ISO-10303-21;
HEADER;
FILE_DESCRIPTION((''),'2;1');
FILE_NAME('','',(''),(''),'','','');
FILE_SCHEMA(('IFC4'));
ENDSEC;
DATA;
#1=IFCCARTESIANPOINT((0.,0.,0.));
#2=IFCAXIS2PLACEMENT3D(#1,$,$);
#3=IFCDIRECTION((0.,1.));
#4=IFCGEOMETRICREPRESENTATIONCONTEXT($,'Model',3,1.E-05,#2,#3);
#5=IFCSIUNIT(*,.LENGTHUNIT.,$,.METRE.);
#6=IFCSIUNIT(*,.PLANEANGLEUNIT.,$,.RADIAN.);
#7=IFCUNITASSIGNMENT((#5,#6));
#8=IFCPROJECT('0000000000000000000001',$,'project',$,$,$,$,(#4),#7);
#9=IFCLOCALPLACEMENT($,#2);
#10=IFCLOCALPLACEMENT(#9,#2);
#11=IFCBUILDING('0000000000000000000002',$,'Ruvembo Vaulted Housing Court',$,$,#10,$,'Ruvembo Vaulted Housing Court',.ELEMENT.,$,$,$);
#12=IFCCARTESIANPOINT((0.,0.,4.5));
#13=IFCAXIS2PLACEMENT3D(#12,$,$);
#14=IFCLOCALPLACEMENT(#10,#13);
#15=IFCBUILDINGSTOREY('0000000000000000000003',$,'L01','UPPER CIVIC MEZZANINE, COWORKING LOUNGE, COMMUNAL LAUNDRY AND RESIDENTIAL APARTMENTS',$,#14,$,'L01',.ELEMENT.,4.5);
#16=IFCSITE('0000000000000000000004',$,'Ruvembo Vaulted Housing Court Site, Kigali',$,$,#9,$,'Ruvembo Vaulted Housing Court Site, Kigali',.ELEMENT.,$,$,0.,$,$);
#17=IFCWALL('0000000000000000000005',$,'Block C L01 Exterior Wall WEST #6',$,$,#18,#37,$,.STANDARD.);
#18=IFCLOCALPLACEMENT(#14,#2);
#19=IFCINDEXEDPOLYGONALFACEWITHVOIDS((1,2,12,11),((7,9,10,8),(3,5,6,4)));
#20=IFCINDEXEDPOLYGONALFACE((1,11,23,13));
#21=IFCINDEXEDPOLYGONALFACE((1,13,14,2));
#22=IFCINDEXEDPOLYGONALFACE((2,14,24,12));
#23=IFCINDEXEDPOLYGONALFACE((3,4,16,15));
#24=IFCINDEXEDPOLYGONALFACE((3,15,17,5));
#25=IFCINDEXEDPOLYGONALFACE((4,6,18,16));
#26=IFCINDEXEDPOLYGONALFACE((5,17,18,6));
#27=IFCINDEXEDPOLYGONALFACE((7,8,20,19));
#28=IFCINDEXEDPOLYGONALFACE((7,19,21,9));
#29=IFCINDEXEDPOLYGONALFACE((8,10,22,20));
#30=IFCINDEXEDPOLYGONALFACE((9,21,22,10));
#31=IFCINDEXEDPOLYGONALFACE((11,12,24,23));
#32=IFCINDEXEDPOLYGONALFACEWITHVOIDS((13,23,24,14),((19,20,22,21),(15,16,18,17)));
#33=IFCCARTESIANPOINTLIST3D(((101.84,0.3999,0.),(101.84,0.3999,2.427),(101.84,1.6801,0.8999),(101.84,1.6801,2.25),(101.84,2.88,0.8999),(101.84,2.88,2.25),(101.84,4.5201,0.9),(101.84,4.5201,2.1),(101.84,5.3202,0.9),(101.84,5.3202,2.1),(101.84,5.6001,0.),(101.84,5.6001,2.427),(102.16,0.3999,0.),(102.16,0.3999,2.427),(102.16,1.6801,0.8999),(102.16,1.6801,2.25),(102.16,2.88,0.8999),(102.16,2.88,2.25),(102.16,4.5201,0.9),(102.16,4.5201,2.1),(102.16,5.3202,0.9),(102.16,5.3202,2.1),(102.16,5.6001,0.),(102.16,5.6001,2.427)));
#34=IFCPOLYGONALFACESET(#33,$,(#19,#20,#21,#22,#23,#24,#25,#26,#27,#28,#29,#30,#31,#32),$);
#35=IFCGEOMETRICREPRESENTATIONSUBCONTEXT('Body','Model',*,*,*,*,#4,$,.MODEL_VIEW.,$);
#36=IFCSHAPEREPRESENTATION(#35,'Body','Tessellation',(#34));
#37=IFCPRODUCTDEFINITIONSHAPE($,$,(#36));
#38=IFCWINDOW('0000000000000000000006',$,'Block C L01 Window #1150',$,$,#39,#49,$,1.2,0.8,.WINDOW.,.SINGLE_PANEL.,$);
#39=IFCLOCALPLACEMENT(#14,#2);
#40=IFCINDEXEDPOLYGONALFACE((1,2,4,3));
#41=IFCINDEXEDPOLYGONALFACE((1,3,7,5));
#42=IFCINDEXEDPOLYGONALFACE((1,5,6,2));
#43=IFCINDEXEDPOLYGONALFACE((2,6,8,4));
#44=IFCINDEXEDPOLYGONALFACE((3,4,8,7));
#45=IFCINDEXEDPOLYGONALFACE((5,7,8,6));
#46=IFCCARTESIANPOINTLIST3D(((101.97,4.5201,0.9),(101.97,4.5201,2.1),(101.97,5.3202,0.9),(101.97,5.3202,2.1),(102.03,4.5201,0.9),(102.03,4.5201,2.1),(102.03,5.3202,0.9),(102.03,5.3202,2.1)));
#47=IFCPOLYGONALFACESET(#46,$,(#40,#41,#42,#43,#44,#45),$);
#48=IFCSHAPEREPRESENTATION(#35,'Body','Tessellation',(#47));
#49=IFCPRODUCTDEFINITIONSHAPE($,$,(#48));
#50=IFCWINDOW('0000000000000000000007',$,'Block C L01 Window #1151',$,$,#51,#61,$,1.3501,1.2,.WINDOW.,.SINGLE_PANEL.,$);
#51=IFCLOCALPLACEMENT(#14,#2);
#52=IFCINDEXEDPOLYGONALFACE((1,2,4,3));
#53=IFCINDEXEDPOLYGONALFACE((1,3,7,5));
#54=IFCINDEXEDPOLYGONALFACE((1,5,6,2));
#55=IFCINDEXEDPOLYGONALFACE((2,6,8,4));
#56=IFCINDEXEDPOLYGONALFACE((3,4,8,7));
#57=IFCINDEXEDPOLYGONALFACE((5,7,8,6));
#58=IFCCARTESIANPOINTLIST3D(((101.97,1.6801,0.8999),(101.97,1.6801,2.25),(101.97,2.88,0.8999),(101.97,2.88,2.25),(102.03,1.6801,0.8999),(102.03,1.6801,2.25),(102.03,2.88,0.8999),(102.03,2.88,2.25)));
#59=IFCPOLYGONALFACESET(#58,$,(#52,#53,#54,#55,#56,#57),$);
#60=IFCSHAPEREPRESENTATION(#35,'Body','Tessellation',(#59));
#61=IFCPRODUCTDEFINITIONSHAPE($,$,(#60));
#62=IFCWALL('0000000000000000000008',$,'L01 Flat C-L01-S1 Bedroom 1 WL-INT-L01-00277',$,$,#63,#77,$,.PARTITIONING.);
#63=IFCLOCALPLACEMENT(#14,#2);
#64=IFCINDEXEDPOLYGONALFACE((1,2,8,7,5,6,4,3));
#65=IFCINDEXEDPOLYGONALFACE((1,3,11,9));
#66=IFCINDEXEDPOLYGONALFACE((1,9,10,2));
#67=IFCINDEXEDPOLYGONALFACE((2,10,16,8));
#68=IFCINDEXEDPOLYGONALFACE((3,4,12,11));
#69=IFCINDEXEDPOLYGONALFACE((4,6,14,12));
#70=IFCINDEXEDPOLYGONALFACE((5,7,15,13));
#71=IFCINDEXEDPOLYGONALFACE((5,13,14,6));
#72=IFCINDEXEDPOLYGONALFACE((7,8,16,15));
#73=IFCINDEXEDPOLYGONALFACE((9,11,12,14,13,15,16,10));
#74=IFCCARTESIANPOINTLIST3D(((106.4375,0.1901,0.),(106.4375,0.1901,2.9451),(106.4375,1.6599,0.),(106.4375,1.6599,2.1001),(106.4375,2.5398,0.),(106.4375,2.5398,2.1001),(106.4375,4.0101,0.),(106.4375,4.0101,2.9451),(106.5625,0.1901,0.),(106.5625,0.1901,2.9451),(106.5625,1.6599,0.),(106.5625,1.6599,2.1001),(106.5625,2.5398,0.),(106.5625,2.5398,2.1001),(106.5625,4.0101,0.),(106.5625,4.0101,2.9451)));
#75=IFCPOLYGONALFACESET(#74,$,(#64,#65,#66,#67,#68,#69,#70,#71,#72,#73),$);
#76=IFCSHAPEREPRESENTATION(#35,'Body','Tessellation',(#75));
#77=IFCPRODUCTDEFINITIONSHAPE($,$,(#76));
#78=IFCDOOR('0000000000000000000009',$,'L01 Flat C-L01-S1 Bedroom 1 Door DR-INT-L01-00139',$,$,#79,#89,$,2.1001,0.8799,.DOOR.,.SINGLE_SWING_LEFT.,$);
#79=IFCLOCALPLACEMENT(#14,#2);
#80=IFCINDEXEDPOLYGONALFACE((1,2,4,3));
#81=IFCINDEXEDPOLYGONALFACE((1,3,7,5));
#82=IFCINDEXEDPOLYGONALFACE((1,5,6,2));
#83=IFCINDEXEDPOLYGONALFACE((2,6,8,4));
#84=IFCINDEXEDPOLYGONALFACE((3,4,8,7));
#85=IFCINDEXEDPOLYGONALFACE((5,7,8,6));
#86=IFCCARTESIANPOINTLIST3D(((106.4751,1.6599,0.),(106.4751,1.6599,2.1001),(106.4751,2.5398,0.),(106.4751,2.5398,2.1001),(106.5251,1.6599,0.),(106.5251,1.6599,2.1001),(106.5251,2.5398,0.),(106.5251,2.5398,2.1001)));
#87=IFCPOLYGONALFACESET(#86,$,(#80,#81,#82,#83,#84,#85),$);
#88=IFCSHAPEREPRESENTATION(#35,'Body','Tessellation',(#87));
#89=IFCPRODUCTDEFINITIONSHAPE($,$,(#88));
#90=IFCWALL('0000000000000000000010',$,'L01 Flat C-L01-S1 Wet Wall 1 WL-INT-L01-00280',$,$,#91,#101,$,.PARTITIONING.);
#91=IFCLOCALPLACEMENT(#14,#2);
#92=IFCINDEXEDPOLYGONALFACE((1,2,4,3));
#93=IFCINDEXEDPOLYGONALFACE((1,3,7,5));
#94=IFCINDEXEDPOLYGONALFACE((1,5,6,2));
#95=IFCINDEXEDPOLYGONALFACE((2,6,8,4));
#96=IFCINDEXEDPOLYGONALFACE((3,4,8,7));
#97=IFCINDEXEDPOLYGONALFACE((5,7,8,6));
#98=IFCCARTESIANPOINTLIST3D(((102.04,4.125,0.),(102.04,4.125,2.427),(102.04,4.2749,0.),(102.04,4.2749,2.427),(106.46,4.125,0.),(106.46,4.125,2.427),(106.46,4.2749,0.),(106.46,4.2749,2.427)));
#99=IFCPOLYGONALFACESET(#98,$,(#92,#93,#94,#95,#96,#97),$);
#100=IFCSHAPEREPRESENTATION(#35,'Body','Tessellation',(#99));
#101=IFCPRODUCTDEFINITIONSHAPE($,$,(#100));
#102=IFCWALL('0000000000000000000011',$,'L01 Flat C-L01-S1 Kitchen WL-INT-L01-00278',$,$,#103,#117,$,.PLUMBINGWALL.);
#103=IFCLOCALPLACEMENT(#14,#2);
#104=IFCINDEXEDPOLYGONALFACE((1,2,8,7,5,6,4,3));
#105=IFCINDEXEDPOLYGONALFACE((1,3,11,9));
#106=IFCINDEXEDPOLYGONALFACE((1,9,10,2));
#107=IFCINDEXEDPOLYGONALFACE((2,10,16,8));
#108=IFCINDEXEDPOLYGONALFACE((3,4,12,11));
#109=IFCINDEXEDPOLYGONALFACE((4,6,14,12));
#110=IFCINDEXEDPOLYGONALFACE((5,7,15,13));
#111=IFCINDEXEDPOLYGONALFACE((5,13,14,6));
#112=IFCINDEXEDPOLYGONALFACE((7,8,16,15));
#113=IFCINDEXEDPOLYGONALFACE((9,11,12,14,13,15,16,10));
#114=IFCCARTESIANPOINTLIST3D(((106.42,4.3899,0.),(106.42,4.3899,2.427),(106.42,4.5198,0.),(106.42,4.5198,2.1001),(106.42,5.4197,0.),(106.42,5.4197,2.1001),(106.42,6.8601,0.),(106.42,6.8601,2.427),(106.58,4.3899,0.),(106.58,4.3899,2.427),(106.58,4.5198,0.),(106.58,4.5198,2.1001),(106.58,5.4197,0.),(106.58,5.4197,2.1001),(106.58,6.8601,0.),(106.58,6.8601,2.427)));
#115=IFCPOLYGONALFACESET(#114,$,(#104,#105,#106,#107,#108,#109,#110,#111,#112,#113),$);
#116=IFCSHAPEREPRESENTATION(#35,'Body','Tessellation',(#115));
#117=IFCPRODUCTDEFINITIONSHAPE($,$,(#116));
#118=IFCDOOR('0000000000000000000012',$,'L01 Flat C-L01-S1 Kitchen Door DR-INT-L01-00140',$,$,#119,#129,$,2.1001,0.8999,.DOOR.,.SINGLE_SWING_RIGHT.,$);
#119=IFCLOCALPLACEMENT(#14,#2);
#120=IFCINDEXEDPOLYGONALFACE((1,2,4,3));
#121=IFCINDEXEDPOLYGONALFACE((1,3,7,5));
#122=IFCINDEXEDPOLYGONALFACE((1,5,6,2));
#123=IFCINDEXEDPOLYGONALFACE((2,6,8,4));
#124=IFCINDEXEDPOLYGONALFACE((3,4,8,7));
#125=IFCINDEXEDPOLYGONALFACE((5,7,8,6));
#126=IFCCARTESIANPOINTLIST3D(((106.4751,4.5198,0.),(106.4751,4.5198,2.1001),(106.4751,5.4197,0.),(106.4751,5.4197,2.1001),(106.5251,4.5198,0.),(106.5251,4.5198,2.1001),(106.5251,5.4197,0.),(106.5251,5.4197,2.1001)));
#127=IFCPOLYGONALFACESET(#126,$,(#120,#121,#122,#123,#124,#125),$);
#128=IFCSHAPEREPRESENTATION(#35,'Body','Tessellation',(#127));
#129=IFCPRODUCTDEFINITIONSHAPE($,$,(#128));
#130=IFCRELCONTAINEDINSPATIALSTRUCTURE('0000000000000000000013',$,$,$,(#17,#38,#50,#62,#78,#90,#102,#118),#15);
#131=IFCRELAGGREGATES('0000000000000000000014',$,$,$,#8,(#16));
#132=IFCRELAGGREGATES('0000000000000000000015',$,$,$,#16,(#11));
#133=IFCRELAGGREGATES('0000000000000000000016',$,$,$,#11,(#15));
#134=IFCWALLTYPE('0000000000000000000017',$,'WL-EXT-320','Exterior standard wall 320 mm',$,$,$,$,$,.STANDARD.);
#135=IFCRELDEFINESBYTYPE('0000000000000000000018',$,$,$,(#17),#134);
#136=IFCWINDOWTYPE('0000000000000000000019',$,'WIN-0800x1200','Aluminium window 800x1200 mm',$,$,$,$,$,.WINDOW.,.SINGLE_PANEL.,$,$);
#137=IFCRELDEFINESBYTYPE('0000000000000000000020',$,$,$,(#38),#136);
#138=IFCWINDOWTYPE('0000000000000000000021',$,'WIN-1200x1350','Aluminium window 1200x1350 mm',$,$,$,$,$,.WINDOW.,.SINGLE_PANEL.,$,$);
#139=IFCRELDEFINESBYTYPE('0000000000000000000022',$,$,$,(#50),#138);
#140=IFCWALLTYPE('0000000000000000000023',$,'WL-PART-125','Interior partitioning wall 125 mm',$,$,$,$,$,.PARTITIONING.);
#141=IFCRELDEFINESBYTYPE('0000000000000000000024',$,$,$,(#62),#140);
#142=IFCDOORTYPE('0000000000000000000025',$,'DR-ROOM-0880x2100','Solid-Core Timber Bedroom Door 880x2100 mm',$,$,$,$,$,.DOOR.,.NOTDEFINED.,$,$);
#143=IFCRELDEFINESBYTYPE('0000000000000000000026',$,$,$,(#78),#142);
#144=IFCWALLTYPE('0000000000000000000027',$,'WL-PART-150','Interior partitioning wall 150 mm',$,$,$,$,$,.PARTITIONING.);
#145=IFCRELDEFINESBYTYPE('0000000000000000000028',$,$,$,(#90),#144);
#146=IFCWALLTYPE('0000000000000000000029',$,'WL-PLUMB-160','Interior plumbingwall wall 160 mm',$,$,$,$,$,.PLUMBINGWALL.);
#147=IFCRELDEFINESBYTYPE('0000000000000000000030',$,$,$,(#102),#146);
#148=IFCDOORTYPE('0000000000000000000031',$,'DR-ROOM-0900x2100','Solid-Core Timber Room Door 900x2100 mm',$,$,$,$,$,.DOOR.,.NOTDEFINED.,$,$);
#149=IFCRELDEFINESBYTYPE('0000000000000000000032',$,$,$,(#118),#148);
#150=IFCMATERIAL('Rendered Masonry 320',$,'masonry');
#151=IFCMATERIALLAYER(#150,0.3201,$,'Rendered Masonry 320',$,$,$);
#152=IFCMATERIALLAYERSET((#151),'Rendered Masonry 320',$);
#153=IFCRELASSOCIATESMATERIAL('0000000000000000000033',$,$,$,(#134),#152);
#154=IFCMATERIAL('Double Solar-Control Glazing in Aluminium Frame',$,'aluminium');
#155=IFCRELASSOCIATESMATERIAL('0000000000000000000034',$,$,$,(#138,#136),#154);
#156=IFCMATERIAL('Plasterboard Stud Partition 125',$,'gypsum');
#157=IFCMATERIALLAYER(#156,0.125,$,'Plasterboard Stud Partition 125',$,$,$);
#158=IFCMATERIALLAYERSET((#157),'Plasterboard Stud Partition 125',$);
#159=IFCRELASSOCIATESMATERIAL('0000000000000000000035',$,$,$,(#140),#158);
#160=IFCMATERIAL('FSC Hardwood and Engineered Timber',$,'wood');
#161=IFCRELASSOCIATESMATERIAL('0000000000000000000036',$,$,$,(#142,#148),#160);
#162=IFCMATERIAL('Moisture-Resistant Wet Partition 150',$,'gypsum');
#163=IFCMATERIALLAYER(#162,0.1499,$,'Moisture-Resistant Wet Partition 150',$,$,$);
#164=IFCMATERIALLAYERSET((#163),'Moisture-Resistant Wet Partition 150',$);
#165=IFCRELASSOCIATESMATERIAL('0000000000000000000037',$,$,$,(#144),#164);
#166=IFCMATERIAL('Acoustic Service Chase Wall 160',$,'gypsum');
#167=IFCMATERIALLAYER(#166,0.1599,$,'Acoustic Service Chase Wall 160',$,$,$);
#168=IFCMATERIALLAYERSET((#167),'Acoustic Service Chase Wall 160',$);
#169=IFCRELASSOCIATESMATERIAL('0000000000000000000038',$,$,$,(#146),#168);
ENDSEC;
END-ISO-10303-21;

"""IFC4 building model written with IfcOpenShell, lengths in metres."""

from ifc_helpers import new_model, si_unit, direction, frame, frame_2d, origin, place, context, subcontext, project, spatial, rectangle, extrude, material, layer, layer_set, type_object, element, fill, save


model = new_model("IFC4")

# Units and contexts
model_context = context("Model", 3, precision=1e-05, world=origin(), true_north=direction((0.0, 1.0)))
body_context = subcontext(model_context, "Body", "Model", "MODEL_VIEW")
ifc_project = project(units=[si_unit("LENGTHUNIT", "METRE"), si_unit("PLANEANGLEUNIT", "RADIAN")], contexts=[model_context])

# Site, building, storey
site_placement = place(None, origin())
site = spatial("IfcSite", under=ifc_project, at=site_placement, Name="Ruvembo Vaulted Housing Court Site, Kigali", LongName="Ruvembo Vaulted Housing Court Site, Kigali", CompositionType="ELEMENT", RefElevation=0.0)
building_placement = place(site_placement, origin())
building = spatial("IfcBuilding", under=site, at=building_placement, Name="Ruvembo Vaulted Housing Court", LongName="Ruvembo Vaulted Housing Court", CompositionType="ELEMENT")
storey_placement = place(building_placement, frame((0.0, 0.0, 4.5)))
storey = spatial("IfcBuildingStorey", under=building, at=storey_placement, Name="L01", Description="UPPER CIVIC MEZZANINE, COWORKING LOUNGE, COMMUNAL LAUNDRY AND RESIDENTIAL APARTMENTS", LongName="L01", CompositionType="ELEMENT", Elevation=4.5)

# Wall, openings, windows
ifc_material_1 = material(Name="Rendered Masonry 320", Category="masonry")
ifc_layer_1 = layer(ifc_material_1, 0.3201, Name="Rendered Masonry 320")
ifc_layer_set_1 = layer_set([ifc_layer_1], Name="Rendered Masonry 320")
wall_type_1 = type_object("IfcWallType", Name="WL-EXT-320", Description="Exterior standard wall 320 mm", PredefinedType="STANDARD", material=ifc_layer_set_1)
ifc_material_2 = material(Name="Double Solar-Control Glazing in Aluminium Frame", Category="aluminium")
window_type_1 = type_object("IfcWindowType", Name="WIN-1200x1350", Description="Aluminium window 1200x1350 mm", PartitioningType="SINGLE_PANEL", PredefinedType="WINDOW", material=ifc_material_2)
wall_1_placement = place(storey_placement, frame((102.0, 5.6001, 0.0), z_axis=(0.0, 0.0, 1.0), x_axis=(0.0, -1.0, 0.0)))
wall_1 = element("IfcWall", 1, at=wall_1_placement, inside=storey, type_object=wall_type_1, Name="Block C L01 Exterior Wall WEST #6", PredefinedType="STANDARD", context=body_context, shape_type="SweptSolid", body=[
    extrude(rectangle(XDim=5.2002, YDim=0.3201, at=frame_2d((2.6001, 0.0))), origin(), (0.0, 0.0, 1.0), 2.427),
])
opening_1_placement = place(wall_1_placement, frame((0.28, 0.0, 0.8999)))
opening_1 = element("IfcOpeningElement", 2, at=opening_1_placement, cuts=wall_1, PredefinedType="OPENING", context=body_context, shape_type="SweptSolid", body=[
    extrude(rectangle(XDim=0.8, YDim=1.2, at=frame_2d((0.3999, 0.6001))), frame((0.0, 0.1699, 0.0), z_axis=(0.0, -1.0, 0.0), x_axis=(1.0, 0.0, 0.0)), (0.0, 0.0, 1.0), 0.3401),
])
opening_2_placement = place(wall_1_placement, frame((2.72, 0.0, 0.8999)))
opening_2 = element("IfcOpeningElement", 3, at=opening_2_placement, cuts=wall_1, PredefinedType="OPENING", context=body_context, shape_type="SweptSolid", body=[
    extrude(rectangle(XDim=1.2, YDim=1.3501, at=frame_2d((0.6001, 0.675))), frame((0.0, 0.1699, 0.0), z_axis=(0.0, -1.0, 0.0), x_axis=(1.0, 0.0, 0.0)), (0.0, 0.0, 1.0), 0.3401),
])
window_type_2 = type_object("IfcWindowType", Name="WIN-0800x1200", Description="Aluminium window 800x1200 mm", PartitioningType="SINGLE_PANEL", PredefinedType="WINDOW", material=ifc_material_2)
window_1_placement = place(opening_1_placement, origin())
window_1 = element("IfcWindow", 4, at=window_1_placement, inside=storey, type_object=window_type_2, Name="Block C L01 Window #1150", OverallHeight=1.2, OverallWidth=0.8, PartitioningType="SINGLE_PANEL", PredefinedType="WINDOW", context=body_context, shape_type="SweptSolid", body=[
    extrude(rectangle(XDim=0.8, YDim=1.2, at=frame_2d((0.3999, 0.6001))), frame((0.0, 0.03, 0.0), z_axis=(0.0, -1.0, 0.0), x_axis=(1.0, 0.0, 0.0)), (0.0, 0.0, 1.0), 0.0601),
])
fill(opening_1, window_1)
window_2_placement = place(opening_2_placement, origin())
window_2 = element("IfcWindow", 5, at=window_2_placement, inside=storey, type_object=window_type_1, Name="Block C L01 Window #1151", OverallHeight=1.3501, OverallWidth=1.2, PartitioningType="SINGLE_PANEL", PredefinedType="WINDOW", context=body_context, shape_type="SweptSolid", body=[
    extrude(rectangle(XDim=1.2, YDim=1.3501, at=frame_2d((0.6001, 0.675))), frame((0.0, 0.03, 0.0), z_axis=(0.0, -1.0, 0.0), x_axis=(1.0, 0.0, 0.0)), (0.0, 0.0, 1.0), 0.0601),
])
fill(opening_2, window_2)

# Wall, opening, door
ifc_material_3 = material(Name="Plasterboard Stud Partition 125", Category="gypsum")
ifc_layer_2 = layer(ifc_material_3, 0.125, Name="Plasterboard Stud Partition 125")
ifc_layer_set_2 = layer_set([ifc_layer_2], Name="Plasterboard Stud Partition 125")
wall_type_2 = type_object("IfcWallType", Name="WL-PART-125", Description="Interior partitioning wall 125 mm", PredefinedType="PARTITIONING", material=ifc_layer_set_2)
wall_2_placement = place(storey_placement, frame((106.5, 0.1899, 0.0), z_axis=(0.0, 0.0, 1.0), x_axis=(0.0, 1.0, 0.0)))
wall_2 = element("IfcWall", 6, at=wall_2_placement, inside=storey, type_object=wall_type_2, Name="L01 Flat C-L01-S1 Bedroom 1 WL-INT-L01-00277", PredefinedType="PARTITIONING", context=body_context, shape_type="SweptSolid", body=[
    extrude(rectangle(XDim=3.8201, YDim=0.125, at=frame_2d((1.9102, 0.0))), origin(), (0.0, 0.0, 1.0), 2.9451),
])
opening_3_placement = place(wall_2_placement, frame((1.47, 0.0, 0.0)))
opening_3 = element("IfcOpeningElement", 7, at=opening_3_placement, cuts=wall_2, PredefinedType="OPENING", context=body_context, shape_type="SweptSolid", body=[
    extrude(rectangle(XDim=0.8799, YDim=2.1001, at=frame_2d((0.4399, 1.05))), frame((0.0, 0.0725, 0.0), z_axis=(0.0, -1.0, 0.0), x_axis=(1.0, 0.0, 0.0)), (0.0, 0.0, 1.0), 0.145),
])
ifc_material_4 = material(Name="FSC Hardwood and Engineered Timber", Category="wood")
door_type_1 = type_object("IfcDoorType", Name="DR-ROOM-0880x2100", Description="Solid-Core Timber Bedroom Door 880x2100 mm", OperationType="NOTDEFINED", PredefinedType="DOOR", material=ifc_material_4)
door_1_placement = place(opening_3_placement, origin())
door_1 = element("IfcDoor", 8, at=door_1_placement, inside=storey, type_object=door_type_1, Name="L01 Flat C-L01-S1 Bedroom 1 Door DR-INT-L01-00139", OperationType="SINGLE_SWING_LEFT", OverallHeight=2.1001, OverallWidth=0.8799, PredefinedType="DOOR", context=body_context, shape_type="SweptSolid", body=[
    extrude(rectangle(XDim=0.8799, YDim=2.1001, at=frame_2d((0.4399, 1.05))), frame((0.0, 0.0249, 0.0), z_axis=(0.0, -1.0, 0.0), x_axis=(1.0, 0.0, 0.0)), (0.0, 0.0, 1.0), 0.05),
])
fill(opening_3, door_1)

# Wall
ifc_material_5 = material(Name="Moisture-Resistant Wet Partition 150", Category="gypsum")
ifc_layer_3 = layer(ifc_material_5, 0.1499, Name="Moisture-Resistant Wet Partition 150")
ifc_layer_set_3 = layer_set([ifc_layer_3], Name="Moisture-Resistant Wet Partition 150")
wall_type_3 = type_object("IfcWallType", Name="WL-PART-150", Description="Interior partitioning wall 150 mm", PredefinedType="PARTITIONING", material=ifc_layer_set_3)
wall_3_placement = place(storey_placement, frame((102.04, 4.2, 0.0), z_axis=(0.0, 0.0, 1.0), x_axis=(1.0, 0.0, 0.0)))
element("IfcWall", 9, at=wall_3_placement, inside=storey, type_object=wall_type_3, Name="L01 Flat C-L01-S1 Wet Wall 1 WL-INT-L01-00280", PredefinedType="PARTITIONING", context=body_context, shape_type="SweptSolid", body=[
    extrude(rectangle(XDim=4.4199, YDim=0.1499, at=frame_2d((2.21, 0.0))), origin(), (0.0, 0.0, 1.0), 2.427),
])

# Wall, opening, door
ifc_material_6 = material(Name="Acoustic Service Chase Wall 160", Category="gypsum")
ifc_layer_4 = layer(ifc_material_6, 0.1599, Name="Acoustic Service Chase Wall 160")
ifc_layer_set_4 = layer_set([ifc_layer_4], Name="Acoustic Service Chase Wall 160")
wall_type_4 = type_object("IfcWallType", Name="WL-PLUMB-160", Description="Interior plumbingwall wall 160 mm", PredefinedType="PLUMBINGWALL", material=ifc_layer_set_4)
wall_4_placement = place(storey_placement, frame((106.5, 4.3899, 0.0), z_axis=(0.0, 0.0, 1.0), x_axis=(0.0, 1.0, 0.0)))
wall_4 = element("IfcWall", 10, at=wall_4_placement, inside=storey, type_object=wall_type_4, Name="L01 Flat C-L01-S1 Kitchen WL-INT-L01-00278", PredefinedType="PLUMBINGWALL", context=body_context, shape_type="SweptSolid", body=[
    extrude(rectangle(XDim=2.4702, YDim=0.1599, at=frame_2d((1.2351, 0.0))), origin(), (0.0, 0.0, 1.0), 2.427),
])
opening_4_placement = place(wall_4_placement, frame((0.1299, 0.0, 0.0)))
opening_4 = element("IfcOpeningElement", 11, at=opening_4_placement, cuts=wall_4, PredefinedType="OPENING", context=body_context, shape_type="SweptSolid", body=[
    extrude(rectangle(XDim=0.8999, YDim=2.1001, at=frame_2d((0.45, 1.05))), frame((0.0, 0.0898, 0.0), z_axis=(0.0, -1.0, 0.0), x_axis=(1.0, 0.0, 0.0)), (0.0, 0.0, 1.0), 0.1799),
])
door_type_2 = type_object("IfcDoorType", Name="DR-ROOM-0900x2100", Description="Solid-Core Timber Room Door 900x2100 mm", OperationType="NOTDEFINED", PredefinedType="DOOR", material=ifc_material_4)
door_2_placement = place(opening_4_placement, origin())
door_2 = element("IfcDoor", 12, at=door_2_placement, inside=storey, type_object=door_type_2, Name="L01 Flat C-L01-S1 Kitchen Door DR-INT-L01-00140", OperationType="SINGLE_SWING_RIGHT", OverallHeight=2.1001, OverallWidth=0.8999, PredefinedType="DOOR", context=body_context, shape_type="SweptSolid", body=[
    extrude(rectangle(XDim=0.8999, YDim=2.1001, at=frame_2d((0.45, 1.05))), frame((0.0, 0.0249, 0.0), z_axis=(0.0, -1.0, 0.0), x_axis=(1.0, 0.0, 0.0)), (0.0, 0.0, 1.0), 0.05),
])
fill(opening_4, door_2)

save(model, "model.ifc")
